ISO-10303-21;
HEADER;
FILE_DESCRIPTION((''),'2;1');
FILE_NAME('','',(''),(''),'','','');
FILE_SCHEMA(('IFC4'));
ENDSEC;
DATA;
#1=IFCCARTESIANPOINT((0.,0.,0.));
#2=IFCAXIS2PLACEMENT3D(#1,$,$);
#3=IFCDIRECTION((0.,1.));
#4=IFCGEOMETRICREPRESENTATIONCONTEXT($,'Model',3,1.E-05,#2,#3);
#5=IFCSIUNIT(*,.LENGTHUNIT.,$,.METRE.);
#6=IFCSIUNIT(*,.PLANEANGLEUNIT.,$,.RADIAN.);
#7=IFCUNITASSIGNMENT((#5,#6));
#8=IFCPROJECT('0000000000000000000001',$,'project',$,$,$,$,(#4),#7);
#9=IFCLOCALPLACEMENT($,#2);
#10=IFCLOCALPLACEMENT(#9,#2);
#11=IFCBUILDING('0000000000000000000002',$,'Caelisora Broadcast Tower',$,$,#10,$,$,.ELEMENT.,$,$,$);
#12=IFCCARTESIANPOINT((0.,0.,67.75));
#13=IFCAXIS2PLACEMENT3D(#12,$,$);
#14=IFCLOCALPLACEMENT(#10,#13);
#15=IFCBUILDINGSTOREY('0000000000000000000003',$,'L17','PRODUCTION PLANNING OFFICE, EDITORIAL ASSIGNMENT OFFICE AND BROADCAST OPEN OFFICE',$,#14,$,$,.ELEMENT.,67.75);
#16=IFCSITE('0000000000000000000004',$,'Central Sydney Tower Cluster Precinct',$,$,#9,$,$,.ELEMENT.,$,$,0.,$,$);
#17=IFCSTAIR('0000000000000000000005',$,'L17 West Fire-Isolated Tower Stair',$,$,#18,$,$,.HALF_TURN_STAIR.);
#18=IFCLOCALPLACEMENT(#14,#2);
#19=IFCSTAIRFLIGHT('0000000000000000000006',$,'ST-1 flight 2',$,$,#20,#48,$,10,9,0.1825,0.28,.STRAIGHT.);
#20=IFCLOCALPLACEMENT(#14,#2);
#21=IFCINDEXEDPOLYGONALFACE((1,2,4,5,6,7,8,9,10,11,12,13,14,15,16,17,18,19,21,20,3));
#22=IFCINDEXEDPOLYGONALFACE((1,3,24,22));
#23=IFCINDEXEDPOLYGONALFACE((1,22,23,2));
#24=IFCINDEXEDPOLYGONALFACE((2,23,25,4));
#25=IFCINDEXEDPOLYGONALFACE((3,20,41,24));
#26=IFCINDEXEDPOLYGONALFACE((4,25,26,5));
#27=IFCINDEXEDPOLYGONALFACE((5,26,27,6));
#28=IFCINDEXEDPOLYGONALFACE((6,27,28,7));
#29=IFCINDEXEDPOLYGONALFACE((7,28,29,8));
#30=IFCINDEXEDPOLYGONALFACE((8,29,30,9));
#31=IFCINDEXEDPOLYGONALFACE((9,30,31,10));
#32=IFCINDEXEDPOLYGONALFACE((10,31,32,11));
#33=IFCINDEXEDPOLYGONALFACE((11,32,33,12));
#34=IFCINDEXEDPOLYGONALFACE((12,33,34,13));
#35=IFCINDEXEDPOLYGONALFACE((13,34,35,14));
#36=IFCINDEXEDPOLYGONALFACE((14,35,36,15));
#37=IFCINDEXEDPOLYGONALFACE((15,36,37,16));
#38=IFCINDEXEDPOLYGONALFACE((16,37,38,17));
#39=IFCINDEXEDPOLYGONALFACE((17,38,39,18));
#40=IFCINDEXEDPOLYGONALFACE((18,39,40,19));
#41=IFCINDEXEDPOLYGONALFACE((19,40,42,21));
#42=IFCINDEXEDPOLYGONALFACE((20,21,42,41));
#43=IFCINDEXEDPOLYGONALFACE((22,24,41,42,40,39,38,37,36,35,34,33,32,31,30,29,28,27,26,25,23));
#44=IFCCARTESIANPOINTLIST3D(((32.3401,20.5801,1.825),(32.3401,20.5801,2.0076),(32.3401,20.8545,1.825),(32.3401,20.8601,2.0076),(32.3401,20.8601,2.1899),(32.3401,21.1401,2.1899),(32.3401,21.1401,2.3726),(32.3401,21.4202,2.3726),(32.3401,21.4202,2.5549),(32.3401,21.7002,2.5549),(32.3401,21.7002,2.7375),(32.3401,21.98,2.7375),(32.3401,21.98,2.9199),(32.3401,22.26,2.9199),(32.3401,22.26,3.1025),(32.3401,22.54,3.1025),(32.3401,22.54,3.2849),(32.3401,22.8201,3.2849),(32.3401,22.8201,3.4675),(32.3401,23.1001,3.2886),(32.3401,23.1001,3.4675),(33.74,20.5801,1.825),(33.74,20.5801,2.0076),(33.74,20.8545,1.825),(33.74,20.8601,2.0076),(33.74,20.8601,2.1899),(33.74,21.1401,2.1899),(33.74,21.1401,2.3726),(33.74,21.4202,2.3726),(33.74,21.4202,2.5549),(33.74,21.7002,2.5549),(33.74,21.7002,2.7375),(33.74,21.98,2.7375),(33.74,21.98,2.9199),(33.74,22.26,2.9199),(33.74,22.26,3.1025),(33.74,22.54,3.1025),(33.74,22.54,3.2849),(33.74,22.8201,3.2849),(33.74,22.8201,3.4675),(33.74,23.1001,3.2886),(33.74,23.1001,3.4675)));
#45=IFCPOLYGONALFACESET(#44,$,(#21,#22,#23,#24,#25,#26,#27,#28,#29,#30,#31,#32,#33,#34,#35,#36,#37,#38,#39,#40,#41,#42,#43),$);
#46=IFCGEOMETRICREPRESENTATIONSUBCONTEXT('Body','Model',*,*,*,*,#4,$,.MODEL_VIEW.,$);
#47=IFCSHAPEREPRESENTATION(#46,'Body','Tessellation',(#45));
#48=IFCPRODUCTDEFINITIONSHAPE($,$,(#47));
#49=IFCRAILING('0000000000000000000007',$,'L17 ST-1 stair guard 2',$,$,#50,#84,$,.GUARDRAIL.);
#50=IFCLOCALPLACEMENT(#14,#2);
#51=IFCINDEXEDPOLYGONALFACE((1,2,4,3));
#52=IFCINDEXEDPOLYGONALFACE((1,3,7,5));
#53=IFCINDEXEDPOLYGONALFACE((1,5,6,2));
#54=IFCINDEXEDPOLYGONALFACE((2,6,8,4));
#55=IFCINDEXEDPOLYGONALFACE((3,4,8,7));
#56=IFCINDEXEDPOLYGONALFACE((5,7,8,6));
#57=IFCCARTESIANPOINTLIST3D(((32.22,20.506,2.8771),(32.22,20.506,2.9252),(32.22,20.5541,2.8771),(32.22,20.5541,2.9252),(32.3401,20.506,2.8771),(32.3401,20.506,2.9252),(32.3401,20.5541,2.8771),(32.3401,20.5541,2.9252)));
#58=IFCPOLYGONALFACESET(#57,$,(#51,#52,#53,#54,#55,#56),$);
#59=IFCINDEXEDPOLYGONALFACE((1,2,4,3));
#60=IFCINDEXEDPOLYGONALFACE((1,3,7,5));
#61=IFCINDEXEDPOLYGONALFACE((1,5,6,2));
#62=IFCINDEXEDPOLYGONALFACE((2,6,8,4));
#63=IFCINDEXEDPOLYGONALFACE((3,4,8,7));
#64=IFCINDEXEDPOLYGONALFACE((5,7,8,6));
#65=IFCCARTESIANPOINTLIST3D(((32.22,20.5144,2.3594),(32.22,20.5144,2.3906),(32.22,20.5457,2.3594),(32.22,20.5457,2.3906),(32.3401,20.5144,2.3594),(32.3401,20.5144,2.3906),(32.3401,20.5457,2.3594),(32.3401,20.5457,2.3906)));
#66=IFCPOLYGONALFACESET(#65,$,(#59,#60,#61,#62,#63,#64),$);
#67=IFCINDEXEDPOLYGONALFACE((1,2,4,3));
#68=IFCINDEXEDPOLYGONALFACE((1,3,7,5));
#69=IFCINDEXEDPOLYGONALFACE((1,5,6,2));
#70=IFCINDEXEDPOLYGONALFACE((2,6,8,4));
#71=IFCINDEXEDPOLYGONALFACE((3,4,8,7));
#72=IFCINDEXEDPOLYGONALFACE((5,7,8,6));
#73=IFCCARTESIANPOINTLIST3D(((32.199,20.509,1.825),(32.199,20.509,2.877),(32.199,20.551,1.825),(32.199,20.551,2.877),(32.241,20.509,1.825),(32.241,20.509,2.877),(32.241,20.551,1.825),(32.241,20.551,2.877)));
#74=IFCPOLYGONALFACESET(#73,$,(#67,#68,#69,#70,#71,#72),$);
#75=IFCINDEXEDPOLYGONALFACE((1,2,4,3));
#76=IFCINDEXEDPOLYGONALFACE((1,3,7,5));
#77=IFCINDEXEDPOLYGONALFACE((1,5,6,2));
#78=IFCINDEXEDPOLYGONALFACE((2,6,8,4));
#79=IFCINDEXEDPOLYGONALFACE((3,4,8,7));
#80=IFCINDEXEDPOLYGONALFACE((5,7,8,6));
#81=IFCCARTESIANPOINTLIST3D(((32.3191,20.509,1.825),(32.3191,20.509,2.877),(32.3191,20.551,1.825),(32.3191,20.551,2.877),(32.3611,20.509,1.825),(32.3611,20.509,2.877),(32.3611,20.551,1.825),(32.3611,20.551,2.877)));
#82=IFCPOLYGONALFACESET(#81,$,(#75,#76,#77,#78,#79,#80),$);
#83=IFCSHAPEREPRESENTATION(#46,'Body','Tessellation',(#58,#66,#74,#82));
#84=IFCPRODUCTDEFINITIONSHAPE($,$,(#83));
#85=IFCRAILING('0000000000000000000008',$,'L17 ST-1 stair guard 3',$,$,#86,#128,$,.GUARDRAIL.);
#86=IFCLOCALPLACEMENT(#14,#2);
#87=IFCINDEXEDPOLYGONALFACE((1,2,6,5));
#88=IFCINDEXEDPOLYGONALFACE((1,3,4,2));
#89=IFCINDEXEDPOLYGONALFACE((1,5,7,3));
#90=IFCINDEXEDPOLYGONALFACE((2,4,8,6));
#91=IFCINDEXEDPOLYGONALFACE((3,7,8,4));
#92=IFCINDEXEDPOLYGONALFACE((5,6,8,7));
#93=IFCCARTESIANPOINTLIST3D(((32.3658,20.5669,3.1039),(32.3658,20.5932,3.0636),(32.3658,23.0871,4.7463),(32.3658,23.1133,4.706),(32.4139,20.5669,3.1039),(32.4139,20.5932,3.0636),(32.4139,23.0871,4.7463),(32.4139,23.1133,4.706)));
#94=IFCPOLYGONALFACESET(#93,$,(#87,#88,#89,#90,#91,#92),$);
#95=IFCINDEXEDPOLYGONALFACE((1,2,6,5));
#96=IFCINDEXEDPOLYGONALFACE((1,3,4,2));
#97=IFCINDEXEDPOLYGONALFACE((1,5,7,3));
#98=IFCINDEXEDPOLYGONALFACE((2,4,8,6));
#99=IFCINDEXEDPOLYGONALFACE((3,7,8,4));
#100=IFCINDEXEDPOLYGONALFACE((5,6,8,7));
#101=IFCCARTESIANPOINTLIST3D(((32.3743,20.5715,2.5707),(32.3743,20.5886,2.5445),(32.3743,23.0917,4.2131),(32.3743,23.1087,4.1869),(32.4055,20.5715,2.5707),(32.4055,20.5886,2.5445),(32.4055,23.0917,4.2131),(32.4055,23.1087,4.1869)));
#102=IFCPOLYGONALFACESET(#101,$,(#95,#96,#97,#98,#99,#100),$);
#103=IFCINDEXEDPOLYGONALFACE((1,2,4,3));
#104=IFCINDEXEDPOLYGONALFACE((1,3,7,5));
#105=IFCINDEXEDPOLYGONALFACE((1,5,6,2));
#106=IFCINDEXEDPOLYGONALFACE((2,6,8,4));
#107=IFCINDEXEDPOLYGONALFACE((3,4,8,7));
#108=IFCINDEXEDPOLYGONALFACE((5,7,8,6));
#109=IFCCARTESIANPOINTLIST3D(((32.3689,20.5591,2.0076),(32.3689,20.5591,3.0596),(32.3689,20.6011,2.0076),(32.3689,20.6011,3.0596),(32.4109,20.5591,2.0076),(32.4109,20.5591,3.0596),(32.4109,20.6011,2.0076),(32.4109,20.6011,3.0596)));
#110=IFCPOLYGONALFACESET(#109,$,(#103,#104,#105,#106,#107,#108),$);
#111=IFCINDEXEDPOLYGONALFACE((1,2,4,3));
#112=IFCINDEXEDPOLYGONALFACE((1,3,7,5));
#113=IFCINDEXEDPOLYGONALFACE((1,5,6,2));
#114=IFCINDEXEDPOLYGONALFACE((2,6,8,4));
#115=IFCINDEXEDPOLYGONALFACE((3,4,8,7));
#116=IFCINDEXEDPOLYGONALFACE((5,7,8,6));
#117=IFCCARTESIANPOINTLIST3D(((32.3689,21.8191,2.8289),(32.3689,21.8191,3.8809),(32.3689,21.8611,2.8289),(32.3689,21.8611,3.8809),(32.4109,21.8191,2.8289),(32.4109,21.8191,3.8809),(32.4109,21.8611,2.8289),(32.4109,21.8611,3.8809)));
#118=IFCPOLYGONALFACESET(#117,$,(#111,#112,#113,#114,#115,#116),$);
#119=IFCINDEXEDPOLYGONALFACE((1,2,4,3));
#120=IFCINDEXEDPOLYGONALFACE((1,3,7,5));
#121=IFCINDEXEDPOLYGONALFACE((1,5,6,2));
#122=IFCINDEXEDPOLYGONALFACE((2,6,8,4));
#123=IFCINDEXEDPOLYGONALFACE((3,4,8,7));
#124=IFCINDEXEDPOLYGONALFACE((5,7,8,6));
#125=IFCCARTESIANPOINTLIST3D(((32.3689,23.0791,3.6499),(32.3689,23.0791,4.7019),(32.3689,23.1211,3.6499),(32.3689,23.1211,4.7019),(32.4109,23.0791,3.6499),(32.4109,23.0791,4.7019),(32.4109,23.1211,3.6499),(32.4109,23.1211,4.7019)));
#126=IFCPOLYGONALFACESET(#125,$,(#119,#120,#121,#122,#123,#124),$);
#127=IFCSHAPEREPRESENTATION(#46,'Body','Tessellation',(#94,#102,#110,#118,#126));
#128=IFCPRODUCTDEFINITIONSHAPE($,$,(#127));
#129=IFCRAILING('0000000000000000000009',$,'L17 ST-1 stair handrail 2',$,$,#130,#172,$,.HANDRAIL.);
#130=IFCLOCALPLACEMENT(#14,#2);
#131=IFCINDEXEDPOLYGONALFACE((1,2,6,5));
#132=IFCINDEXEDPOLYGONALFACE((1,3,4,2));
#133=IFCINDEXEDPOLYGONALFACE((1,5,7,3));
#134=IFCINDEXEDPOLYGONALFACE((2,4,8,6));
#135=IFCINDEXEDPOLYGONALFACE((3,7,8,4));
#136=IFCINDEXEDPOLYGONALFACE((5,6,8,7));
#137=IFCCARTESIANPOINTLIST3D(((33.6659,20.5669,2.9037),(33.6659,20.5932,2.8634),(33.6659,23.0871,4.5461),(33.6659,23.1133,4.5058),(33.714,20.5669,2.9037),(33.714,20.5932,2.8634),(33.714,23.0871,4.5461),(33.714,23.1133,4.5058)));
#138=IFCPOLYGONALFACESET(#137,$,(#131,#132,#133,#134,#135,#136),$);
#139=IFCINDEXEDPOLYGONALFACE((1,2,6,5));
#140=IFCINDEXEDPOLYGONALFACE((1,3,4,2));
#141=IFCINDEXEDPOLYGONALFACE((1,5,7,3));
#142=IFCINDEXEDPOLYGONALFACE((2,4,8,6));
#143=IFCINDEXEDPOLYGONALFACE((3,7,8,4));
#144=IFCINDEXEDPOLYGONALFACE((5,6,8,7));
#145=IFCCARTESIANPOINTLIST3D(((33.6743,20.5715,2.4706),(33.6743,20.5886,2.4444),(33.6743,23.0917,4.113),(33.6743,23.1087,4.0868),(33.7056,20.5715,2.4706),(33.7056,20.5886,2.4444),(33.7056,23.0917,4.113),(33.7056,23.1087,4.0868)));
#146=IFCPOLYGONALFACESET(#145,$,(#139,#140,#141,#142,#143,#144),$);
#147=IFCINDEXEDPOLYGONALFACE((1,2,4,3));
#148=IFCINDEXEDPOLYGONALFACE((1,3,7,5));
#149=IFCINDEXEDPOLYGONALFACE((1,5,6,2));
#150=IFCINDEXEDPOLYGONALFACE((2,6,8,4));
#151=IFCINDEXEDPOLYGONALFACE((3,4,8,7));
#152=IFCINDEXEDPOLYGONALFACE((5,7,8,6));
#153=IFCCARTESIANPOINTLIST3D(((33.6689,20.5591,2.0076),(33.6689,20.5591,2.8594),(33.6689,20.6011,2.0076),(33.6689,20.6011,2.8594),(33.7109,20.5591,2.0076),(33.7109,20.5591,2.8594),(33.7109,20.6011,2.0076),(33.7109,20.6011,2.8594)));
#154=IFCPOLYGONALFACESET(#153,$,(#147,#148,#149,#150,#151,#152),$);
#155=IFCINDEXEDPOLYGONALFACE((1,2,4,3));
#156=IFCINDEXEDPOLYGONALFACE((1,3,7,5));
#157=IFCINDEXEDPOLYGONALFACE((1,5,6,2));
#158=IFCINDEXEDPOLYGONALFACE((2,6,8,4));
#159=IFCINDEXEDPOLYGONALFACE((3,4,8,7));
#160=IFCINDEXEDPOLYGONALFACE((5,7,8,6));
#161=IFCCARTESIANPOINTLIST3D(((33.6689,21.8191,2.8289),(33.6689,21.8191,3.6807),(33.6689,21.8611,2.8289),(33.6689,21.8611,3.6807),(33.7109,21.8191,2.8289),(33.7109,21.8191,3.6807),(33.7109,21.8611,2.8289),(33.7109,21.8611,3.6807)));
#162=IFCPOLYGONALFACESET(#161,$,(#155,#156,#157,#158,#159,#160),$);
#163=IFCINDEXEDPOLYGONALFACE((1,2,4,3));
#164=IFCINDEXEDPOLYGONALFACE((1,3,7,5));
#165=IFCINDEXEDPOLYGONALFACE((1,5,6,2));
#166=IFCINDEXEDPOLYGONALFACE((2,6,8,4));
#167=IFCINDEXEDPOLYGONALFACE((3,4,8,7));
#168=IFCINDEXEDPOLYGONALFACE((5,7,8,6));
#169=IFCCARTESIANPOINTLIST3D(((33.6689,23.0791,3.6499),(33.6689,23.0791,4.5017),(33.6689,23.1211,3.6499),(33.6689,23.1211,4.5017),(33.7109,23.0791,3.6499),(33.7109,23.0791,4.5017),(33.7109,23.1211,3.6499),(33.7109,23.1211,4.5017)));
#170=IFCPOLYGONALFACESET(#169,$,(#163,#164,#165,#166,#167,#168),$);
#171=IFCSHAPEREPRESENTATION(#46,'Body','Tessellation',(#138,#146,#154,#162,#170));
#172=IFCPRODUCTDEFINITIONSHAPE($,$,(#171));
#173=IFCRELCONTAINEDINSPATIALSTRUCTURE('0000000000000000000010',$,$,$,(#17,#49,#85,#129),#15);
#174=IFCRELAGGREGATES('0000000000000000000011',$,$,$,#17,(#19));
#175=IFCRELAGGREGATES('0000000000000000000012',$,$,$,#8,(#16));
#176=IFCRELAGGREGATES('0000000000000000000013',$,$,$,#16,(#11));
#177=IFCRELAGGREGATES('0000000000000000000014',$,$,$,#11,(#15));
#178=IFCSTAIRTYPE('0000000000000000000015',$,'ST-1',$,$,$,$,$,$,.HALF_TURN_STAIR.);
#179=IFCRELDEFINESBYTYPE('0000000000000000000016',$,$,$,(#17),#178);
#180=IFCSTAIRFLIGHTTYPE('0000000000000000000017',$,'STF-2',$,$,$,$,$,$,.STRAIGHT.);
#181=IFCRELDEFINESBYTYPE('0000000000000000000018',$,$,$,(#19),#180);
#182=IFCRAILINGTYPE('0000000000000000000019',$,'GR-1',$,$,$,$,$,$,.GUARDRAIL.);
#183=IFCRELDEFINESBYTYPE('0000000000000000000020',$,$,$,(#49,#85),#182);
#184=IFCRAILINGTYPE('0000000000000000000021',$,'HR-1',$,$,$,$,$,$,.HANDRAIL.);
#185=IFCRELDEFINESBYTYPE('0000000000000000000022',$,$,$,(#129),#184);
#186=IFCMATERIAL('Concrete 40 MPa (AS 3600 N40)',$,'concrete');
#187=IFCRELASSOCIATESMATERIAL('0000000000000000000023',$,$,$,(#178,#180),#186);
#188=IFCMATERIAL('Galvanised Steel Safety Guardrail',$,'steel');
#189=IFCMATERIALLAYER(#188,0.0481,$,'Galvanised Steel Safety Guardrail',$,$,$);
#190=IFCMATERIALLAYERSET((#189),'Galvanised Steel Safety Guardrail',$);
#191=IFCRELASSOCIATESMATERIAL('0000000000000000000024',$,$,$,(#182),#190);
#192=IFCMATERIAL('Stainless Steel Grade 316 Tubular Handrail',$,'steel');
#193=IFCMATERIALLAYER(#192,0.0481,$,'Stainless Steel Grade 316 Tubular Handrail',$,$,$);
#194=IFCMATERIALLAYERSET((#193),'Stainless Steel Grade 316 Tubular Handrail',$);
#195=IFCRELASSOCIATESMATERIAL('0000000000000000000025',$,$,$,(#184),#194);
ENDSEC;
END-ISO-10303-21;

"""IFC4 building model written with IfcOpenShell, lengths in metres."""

from ifc_helpers import new_model, si_unit, direction, frame, origin, origin_2d, place, context, subcontext, project, spatial, polyline, rectangle, outline, extrude, material, layer, layer_set, type_object, element, aggregate, save


model = new_model("IFC4")

# Units and contexts
model_context = context("Model", 3, precision=1e-05, world=origin(), true_north=direction((0.0, 1.0)))
body_context = subcontext(model_context, "Body", "Model", "MODEL_VIEW")
ifc_project = project(units=[si_unit("LENGTHUNIT", "METRE"), si_unit("PLANEANGLEUNIT", "RADIAN")], contexts=[model_context])

# Site, building, storey
site_placement = place(None, origin())
site = spatial("IfcSite", under=ifc_project, at=site_placement, Name="Central Sydney Tower Cluster Precinct", CompositionType="ELEMENT", RefElevation=0.0)
building_placement = place(site_placement, origin())
building = spatial("IfcBuilding", under=site, at=building_placement, Name="Caelisora Broadcast Tower", CompositionType="ELEMENT")
storey_placement = place(building_placement, frame((0.0, 0.0, 67.75)))
storey = spatial("IfcBuildingStorey", under=building, at=storey_placement, Name="L17", Description="PRODUCTION PLANNING OFFICE, EDITORIAL ASSIGNMENT OFFICE AND BROADCAST OPEN OFFICE", CompositionType="ELEMENT", Elevation=67.75)

# Stair, stair flight
ifc_material_1 = material(Name="Concrete 40 MPa (AS 3600 N40)", Category="concrete")
stair_type = type_object("IfcStairType", Name="ST-1", PredefinedType="HALF_TURN_STAIR", material=ifc_material_1)
stair_placement = place(storey_placement, origin())
stair = element("IfcStair", 1, at=stair_placement, inside=storey, type_object=stair_type, Name="L17 West Fire-Isolated Tower Stair", PredefinedType="HALF_TURN_STAIR")
stair_flight_type = type_object("IfcStairFlightType", Name="STF-2", PredefinedType="STRAIGHT", material=ifc_material_1)
stair_flight_placement = place(storey_placement, frame((33.04, 20.5801, 1.825), z_axis=(0.0, 0.0, 1.0), x_axis=(0.0, 1.0, 0.0)))
stair_flight = element("IfcStairFlight", 2, at=stair_flight_placement, type_object=stair_flight_type, Name="ST-1 flight 2", NumberOfRisers=10, NumberOfTreads=9, PredefinedType="STRAIGHT", RiserHeight=0.1825, TreadLength=0.28, context=body_context, shape_type="SweptSolid", body=[
    extrude(outline(polyline([(0.0, 0.0), (0.0, 0.1826), (0.28, 0.1826), (0.28, 0.365), (0.5601, 0.365), (0.5601, 0.5476), (0.8401, 0.5476), (0.8401, 0.73), (1.1201, 0.73), (1.1201, 0.9126), (1.3999, 0.9126), (1.3999, 1.095), (1.6799, 1.095), (1.6799, 1.2776), (1.96, 1.2776), (1.96, 1.46), (2.24, 1.46), (2.24, 1.6426), (2.52, 1.6426), (2.52, 1.825), (2.52, 1.4636), (0.2744, 0.0), (0.0, 0.0)])), frame((0.0, 0.7, 0.0), z_axis=(0.0, -1.0, 0.0), x_axis=(1.0, 0.0, 0.0)), (0.0, 0.0, 1.0), 1.3999),
])
aggregate(stair, [stair_flight])

# Railings
ifc_material_2 = material(Name="Galvanised Steel Safety Guardrail", Category="steel")
ifc_layer_1 = layer(ifc_material_2, 0.0481, Name="Galvanised Steel Safety Guardrail")
ifc_layer_set_1 = layer_set([ifc_layer_1], Name="Galvanised Steel Safety Guardrail")
railing_type_1 = type_object("IfcRailingType", Name="GR-1", PredefinedType="GUARDRAIL", material=ifc_layer_set_1)
railing_1_placement = place(storey_placement, frame((32.22, 20.53, 1.825)))
element("IfcRailing", 3, at=railing_1_placement, inside=storey, type_object=railing_type_1, Name="L17 ST-1 stair guard 2", PredefinedType="GUARDRAIL", context=body_context, shape_type="SweptSolid", body=[
    extrude(rectangle(XDim=0.0481, YDim=0.0481, at=origin_2d()), frame((0.0, 0.0, 1.0762), z_axis=(1.0, 0.0, 0.0), x_axis=(0.0, 1.0, 0.0)), (0.0, 0.0, 1.0), 0.1201),
    extrude(rectangle(XDim=0.0312, YDim=0.0312, at=origin_2d()), frame((0.0, 0.0, 0.55), z_axis=(1.0, 0.0, 0.0), x_axis=(0.0, 1.0, 0.0)), (0.0, 0.0, 1.0), 0.1201),
    extrude(rectangle(XDim=0.042, YDim=0.042, at=origin_2d()), origin(), (0.0, 0.0, 1.0), 1.052),
    extrude(rectangle(XDim=0.042, YDim=0.042, at=origin_2d()), frame((0.1201, 0.0, 0.0)), (0.0, 0.0, 1.0), 1.052),
])
railing_2_placement = place(storey_placement, frame((32.3899, 20.5801, 2.0076)))
element("IfcRailing", 4, at=railing_2_placement, inside=storey, type_object=railing_type_1, Name="L17 ST-1 stair guard 3", PredefinedType="GUARDRAIL", context=body_context, shape_type="SweptSolid", body=[
    extrude(rectangle(XDim=0.0481, YDim=0.0481, at=origin_2d()), frame((0.0, 0.0, 1.0762), z_axis=(0.0, 0.837787, 0.545998), x_axis=(-1.0, 0.0, 0.0)), (0.0, 0.0, 1.0), 3.0081),
    extrude(rectangle(XDim=0.0312, YDim=0.0312, at=origin_2d()), frame((0.0, 0.0, 0.55), z_axis=(0.0, 0.837787, 0.545998), x_axis=(-1.0, 0.0, 0.0)), (0.0, 0.0, 1.0), 3.0081),
    extrude(rectangle(XDim=0.042, YDim=0.042, at=origin_2d()), origin(), (0.0, 0.0, 1.0), 1.052),
    extrude(rectangle(XDim=0.042, YDim=0.042, at=origin_2d()), frame((0.0, 1.26, 0.8213)), (0.0, 0.0, 1.0), 1.052),
    extrude(rectangle(XDim=0.042, YDim=0.042, at=origin_2d()), frame((0.0, 2.52, 1.6423)), (0.0, 0.0, 1.0), 1.052),
])
ifc_material_3 = material(Name="Stainless Steel Grade 316 Tubular Handrail", Category="steel")
ifc_layer_2 = layer(ifc_material_3, 0.0481, Name="Stainless Steel Grade 316 Tubular Handrail")
ifc_layer_set_2 = layer_set([ifc_layer_2], Name="Stainless Steel Grade 316 Tubular Handrail")
railing_type_2 = type_object("IfcRailingType", Name="HR-1", PredefinedType="HANDRAIL", material=ifc_layer_set_2)
railing_3_placement = place(storey_placement, frame((33.6899, 20.5801, 2.0076)))
element("IfcRailing", 5, at=railing_3_placement, inside=storey, type_object=railing_type_2, Name="L17 ST-1 stair handrail 2", PredefinedType="HANDRAIL", context=body_context, shape_type="SweptSolid", body=[
    extrude(rectangle(XDim=0.0481, YDim=0.0481, at=origin_2d()), frame((0.0, 0.0, 0.876), z_axis=(0.0, 0.837787, 0.545998), x_axis=(-1.0, 0.0, 0.0)), (0.0, 0.0, 1.0), 3.0081),
    extrude(rectangle(XDim=0.0312, YDim=0.0312, at=origin_2d()), frame((0.0, 0.0, 0.45), z_axis=(0.0, 0.837787, 0.545998), x_axis=(-1.0, 0.0, 0.0)), (0.0, 0.0, 1.0), 3.0081),
    extrude(rectangle(XDim=0.042, YDim=0.042, at=origin_2d()), origin(), (0.0, 0.0, 1.0), 0.8518),
    extrude(rectangle(XDim=0.042, YDim=0.042, at=origin_2d()), frame((0.0, 1.26, 0.8213)), (0.0, 0.0, 1.0), 0.8518),
    extrude(rectangle(XDim=0.042, YDim=0.042, at=origin_2d()), frame((0.0, 2.52, 1.6423)), (0.0, 0.0, 1.0), 0.8518),
])

save(model, "model.ifc")
